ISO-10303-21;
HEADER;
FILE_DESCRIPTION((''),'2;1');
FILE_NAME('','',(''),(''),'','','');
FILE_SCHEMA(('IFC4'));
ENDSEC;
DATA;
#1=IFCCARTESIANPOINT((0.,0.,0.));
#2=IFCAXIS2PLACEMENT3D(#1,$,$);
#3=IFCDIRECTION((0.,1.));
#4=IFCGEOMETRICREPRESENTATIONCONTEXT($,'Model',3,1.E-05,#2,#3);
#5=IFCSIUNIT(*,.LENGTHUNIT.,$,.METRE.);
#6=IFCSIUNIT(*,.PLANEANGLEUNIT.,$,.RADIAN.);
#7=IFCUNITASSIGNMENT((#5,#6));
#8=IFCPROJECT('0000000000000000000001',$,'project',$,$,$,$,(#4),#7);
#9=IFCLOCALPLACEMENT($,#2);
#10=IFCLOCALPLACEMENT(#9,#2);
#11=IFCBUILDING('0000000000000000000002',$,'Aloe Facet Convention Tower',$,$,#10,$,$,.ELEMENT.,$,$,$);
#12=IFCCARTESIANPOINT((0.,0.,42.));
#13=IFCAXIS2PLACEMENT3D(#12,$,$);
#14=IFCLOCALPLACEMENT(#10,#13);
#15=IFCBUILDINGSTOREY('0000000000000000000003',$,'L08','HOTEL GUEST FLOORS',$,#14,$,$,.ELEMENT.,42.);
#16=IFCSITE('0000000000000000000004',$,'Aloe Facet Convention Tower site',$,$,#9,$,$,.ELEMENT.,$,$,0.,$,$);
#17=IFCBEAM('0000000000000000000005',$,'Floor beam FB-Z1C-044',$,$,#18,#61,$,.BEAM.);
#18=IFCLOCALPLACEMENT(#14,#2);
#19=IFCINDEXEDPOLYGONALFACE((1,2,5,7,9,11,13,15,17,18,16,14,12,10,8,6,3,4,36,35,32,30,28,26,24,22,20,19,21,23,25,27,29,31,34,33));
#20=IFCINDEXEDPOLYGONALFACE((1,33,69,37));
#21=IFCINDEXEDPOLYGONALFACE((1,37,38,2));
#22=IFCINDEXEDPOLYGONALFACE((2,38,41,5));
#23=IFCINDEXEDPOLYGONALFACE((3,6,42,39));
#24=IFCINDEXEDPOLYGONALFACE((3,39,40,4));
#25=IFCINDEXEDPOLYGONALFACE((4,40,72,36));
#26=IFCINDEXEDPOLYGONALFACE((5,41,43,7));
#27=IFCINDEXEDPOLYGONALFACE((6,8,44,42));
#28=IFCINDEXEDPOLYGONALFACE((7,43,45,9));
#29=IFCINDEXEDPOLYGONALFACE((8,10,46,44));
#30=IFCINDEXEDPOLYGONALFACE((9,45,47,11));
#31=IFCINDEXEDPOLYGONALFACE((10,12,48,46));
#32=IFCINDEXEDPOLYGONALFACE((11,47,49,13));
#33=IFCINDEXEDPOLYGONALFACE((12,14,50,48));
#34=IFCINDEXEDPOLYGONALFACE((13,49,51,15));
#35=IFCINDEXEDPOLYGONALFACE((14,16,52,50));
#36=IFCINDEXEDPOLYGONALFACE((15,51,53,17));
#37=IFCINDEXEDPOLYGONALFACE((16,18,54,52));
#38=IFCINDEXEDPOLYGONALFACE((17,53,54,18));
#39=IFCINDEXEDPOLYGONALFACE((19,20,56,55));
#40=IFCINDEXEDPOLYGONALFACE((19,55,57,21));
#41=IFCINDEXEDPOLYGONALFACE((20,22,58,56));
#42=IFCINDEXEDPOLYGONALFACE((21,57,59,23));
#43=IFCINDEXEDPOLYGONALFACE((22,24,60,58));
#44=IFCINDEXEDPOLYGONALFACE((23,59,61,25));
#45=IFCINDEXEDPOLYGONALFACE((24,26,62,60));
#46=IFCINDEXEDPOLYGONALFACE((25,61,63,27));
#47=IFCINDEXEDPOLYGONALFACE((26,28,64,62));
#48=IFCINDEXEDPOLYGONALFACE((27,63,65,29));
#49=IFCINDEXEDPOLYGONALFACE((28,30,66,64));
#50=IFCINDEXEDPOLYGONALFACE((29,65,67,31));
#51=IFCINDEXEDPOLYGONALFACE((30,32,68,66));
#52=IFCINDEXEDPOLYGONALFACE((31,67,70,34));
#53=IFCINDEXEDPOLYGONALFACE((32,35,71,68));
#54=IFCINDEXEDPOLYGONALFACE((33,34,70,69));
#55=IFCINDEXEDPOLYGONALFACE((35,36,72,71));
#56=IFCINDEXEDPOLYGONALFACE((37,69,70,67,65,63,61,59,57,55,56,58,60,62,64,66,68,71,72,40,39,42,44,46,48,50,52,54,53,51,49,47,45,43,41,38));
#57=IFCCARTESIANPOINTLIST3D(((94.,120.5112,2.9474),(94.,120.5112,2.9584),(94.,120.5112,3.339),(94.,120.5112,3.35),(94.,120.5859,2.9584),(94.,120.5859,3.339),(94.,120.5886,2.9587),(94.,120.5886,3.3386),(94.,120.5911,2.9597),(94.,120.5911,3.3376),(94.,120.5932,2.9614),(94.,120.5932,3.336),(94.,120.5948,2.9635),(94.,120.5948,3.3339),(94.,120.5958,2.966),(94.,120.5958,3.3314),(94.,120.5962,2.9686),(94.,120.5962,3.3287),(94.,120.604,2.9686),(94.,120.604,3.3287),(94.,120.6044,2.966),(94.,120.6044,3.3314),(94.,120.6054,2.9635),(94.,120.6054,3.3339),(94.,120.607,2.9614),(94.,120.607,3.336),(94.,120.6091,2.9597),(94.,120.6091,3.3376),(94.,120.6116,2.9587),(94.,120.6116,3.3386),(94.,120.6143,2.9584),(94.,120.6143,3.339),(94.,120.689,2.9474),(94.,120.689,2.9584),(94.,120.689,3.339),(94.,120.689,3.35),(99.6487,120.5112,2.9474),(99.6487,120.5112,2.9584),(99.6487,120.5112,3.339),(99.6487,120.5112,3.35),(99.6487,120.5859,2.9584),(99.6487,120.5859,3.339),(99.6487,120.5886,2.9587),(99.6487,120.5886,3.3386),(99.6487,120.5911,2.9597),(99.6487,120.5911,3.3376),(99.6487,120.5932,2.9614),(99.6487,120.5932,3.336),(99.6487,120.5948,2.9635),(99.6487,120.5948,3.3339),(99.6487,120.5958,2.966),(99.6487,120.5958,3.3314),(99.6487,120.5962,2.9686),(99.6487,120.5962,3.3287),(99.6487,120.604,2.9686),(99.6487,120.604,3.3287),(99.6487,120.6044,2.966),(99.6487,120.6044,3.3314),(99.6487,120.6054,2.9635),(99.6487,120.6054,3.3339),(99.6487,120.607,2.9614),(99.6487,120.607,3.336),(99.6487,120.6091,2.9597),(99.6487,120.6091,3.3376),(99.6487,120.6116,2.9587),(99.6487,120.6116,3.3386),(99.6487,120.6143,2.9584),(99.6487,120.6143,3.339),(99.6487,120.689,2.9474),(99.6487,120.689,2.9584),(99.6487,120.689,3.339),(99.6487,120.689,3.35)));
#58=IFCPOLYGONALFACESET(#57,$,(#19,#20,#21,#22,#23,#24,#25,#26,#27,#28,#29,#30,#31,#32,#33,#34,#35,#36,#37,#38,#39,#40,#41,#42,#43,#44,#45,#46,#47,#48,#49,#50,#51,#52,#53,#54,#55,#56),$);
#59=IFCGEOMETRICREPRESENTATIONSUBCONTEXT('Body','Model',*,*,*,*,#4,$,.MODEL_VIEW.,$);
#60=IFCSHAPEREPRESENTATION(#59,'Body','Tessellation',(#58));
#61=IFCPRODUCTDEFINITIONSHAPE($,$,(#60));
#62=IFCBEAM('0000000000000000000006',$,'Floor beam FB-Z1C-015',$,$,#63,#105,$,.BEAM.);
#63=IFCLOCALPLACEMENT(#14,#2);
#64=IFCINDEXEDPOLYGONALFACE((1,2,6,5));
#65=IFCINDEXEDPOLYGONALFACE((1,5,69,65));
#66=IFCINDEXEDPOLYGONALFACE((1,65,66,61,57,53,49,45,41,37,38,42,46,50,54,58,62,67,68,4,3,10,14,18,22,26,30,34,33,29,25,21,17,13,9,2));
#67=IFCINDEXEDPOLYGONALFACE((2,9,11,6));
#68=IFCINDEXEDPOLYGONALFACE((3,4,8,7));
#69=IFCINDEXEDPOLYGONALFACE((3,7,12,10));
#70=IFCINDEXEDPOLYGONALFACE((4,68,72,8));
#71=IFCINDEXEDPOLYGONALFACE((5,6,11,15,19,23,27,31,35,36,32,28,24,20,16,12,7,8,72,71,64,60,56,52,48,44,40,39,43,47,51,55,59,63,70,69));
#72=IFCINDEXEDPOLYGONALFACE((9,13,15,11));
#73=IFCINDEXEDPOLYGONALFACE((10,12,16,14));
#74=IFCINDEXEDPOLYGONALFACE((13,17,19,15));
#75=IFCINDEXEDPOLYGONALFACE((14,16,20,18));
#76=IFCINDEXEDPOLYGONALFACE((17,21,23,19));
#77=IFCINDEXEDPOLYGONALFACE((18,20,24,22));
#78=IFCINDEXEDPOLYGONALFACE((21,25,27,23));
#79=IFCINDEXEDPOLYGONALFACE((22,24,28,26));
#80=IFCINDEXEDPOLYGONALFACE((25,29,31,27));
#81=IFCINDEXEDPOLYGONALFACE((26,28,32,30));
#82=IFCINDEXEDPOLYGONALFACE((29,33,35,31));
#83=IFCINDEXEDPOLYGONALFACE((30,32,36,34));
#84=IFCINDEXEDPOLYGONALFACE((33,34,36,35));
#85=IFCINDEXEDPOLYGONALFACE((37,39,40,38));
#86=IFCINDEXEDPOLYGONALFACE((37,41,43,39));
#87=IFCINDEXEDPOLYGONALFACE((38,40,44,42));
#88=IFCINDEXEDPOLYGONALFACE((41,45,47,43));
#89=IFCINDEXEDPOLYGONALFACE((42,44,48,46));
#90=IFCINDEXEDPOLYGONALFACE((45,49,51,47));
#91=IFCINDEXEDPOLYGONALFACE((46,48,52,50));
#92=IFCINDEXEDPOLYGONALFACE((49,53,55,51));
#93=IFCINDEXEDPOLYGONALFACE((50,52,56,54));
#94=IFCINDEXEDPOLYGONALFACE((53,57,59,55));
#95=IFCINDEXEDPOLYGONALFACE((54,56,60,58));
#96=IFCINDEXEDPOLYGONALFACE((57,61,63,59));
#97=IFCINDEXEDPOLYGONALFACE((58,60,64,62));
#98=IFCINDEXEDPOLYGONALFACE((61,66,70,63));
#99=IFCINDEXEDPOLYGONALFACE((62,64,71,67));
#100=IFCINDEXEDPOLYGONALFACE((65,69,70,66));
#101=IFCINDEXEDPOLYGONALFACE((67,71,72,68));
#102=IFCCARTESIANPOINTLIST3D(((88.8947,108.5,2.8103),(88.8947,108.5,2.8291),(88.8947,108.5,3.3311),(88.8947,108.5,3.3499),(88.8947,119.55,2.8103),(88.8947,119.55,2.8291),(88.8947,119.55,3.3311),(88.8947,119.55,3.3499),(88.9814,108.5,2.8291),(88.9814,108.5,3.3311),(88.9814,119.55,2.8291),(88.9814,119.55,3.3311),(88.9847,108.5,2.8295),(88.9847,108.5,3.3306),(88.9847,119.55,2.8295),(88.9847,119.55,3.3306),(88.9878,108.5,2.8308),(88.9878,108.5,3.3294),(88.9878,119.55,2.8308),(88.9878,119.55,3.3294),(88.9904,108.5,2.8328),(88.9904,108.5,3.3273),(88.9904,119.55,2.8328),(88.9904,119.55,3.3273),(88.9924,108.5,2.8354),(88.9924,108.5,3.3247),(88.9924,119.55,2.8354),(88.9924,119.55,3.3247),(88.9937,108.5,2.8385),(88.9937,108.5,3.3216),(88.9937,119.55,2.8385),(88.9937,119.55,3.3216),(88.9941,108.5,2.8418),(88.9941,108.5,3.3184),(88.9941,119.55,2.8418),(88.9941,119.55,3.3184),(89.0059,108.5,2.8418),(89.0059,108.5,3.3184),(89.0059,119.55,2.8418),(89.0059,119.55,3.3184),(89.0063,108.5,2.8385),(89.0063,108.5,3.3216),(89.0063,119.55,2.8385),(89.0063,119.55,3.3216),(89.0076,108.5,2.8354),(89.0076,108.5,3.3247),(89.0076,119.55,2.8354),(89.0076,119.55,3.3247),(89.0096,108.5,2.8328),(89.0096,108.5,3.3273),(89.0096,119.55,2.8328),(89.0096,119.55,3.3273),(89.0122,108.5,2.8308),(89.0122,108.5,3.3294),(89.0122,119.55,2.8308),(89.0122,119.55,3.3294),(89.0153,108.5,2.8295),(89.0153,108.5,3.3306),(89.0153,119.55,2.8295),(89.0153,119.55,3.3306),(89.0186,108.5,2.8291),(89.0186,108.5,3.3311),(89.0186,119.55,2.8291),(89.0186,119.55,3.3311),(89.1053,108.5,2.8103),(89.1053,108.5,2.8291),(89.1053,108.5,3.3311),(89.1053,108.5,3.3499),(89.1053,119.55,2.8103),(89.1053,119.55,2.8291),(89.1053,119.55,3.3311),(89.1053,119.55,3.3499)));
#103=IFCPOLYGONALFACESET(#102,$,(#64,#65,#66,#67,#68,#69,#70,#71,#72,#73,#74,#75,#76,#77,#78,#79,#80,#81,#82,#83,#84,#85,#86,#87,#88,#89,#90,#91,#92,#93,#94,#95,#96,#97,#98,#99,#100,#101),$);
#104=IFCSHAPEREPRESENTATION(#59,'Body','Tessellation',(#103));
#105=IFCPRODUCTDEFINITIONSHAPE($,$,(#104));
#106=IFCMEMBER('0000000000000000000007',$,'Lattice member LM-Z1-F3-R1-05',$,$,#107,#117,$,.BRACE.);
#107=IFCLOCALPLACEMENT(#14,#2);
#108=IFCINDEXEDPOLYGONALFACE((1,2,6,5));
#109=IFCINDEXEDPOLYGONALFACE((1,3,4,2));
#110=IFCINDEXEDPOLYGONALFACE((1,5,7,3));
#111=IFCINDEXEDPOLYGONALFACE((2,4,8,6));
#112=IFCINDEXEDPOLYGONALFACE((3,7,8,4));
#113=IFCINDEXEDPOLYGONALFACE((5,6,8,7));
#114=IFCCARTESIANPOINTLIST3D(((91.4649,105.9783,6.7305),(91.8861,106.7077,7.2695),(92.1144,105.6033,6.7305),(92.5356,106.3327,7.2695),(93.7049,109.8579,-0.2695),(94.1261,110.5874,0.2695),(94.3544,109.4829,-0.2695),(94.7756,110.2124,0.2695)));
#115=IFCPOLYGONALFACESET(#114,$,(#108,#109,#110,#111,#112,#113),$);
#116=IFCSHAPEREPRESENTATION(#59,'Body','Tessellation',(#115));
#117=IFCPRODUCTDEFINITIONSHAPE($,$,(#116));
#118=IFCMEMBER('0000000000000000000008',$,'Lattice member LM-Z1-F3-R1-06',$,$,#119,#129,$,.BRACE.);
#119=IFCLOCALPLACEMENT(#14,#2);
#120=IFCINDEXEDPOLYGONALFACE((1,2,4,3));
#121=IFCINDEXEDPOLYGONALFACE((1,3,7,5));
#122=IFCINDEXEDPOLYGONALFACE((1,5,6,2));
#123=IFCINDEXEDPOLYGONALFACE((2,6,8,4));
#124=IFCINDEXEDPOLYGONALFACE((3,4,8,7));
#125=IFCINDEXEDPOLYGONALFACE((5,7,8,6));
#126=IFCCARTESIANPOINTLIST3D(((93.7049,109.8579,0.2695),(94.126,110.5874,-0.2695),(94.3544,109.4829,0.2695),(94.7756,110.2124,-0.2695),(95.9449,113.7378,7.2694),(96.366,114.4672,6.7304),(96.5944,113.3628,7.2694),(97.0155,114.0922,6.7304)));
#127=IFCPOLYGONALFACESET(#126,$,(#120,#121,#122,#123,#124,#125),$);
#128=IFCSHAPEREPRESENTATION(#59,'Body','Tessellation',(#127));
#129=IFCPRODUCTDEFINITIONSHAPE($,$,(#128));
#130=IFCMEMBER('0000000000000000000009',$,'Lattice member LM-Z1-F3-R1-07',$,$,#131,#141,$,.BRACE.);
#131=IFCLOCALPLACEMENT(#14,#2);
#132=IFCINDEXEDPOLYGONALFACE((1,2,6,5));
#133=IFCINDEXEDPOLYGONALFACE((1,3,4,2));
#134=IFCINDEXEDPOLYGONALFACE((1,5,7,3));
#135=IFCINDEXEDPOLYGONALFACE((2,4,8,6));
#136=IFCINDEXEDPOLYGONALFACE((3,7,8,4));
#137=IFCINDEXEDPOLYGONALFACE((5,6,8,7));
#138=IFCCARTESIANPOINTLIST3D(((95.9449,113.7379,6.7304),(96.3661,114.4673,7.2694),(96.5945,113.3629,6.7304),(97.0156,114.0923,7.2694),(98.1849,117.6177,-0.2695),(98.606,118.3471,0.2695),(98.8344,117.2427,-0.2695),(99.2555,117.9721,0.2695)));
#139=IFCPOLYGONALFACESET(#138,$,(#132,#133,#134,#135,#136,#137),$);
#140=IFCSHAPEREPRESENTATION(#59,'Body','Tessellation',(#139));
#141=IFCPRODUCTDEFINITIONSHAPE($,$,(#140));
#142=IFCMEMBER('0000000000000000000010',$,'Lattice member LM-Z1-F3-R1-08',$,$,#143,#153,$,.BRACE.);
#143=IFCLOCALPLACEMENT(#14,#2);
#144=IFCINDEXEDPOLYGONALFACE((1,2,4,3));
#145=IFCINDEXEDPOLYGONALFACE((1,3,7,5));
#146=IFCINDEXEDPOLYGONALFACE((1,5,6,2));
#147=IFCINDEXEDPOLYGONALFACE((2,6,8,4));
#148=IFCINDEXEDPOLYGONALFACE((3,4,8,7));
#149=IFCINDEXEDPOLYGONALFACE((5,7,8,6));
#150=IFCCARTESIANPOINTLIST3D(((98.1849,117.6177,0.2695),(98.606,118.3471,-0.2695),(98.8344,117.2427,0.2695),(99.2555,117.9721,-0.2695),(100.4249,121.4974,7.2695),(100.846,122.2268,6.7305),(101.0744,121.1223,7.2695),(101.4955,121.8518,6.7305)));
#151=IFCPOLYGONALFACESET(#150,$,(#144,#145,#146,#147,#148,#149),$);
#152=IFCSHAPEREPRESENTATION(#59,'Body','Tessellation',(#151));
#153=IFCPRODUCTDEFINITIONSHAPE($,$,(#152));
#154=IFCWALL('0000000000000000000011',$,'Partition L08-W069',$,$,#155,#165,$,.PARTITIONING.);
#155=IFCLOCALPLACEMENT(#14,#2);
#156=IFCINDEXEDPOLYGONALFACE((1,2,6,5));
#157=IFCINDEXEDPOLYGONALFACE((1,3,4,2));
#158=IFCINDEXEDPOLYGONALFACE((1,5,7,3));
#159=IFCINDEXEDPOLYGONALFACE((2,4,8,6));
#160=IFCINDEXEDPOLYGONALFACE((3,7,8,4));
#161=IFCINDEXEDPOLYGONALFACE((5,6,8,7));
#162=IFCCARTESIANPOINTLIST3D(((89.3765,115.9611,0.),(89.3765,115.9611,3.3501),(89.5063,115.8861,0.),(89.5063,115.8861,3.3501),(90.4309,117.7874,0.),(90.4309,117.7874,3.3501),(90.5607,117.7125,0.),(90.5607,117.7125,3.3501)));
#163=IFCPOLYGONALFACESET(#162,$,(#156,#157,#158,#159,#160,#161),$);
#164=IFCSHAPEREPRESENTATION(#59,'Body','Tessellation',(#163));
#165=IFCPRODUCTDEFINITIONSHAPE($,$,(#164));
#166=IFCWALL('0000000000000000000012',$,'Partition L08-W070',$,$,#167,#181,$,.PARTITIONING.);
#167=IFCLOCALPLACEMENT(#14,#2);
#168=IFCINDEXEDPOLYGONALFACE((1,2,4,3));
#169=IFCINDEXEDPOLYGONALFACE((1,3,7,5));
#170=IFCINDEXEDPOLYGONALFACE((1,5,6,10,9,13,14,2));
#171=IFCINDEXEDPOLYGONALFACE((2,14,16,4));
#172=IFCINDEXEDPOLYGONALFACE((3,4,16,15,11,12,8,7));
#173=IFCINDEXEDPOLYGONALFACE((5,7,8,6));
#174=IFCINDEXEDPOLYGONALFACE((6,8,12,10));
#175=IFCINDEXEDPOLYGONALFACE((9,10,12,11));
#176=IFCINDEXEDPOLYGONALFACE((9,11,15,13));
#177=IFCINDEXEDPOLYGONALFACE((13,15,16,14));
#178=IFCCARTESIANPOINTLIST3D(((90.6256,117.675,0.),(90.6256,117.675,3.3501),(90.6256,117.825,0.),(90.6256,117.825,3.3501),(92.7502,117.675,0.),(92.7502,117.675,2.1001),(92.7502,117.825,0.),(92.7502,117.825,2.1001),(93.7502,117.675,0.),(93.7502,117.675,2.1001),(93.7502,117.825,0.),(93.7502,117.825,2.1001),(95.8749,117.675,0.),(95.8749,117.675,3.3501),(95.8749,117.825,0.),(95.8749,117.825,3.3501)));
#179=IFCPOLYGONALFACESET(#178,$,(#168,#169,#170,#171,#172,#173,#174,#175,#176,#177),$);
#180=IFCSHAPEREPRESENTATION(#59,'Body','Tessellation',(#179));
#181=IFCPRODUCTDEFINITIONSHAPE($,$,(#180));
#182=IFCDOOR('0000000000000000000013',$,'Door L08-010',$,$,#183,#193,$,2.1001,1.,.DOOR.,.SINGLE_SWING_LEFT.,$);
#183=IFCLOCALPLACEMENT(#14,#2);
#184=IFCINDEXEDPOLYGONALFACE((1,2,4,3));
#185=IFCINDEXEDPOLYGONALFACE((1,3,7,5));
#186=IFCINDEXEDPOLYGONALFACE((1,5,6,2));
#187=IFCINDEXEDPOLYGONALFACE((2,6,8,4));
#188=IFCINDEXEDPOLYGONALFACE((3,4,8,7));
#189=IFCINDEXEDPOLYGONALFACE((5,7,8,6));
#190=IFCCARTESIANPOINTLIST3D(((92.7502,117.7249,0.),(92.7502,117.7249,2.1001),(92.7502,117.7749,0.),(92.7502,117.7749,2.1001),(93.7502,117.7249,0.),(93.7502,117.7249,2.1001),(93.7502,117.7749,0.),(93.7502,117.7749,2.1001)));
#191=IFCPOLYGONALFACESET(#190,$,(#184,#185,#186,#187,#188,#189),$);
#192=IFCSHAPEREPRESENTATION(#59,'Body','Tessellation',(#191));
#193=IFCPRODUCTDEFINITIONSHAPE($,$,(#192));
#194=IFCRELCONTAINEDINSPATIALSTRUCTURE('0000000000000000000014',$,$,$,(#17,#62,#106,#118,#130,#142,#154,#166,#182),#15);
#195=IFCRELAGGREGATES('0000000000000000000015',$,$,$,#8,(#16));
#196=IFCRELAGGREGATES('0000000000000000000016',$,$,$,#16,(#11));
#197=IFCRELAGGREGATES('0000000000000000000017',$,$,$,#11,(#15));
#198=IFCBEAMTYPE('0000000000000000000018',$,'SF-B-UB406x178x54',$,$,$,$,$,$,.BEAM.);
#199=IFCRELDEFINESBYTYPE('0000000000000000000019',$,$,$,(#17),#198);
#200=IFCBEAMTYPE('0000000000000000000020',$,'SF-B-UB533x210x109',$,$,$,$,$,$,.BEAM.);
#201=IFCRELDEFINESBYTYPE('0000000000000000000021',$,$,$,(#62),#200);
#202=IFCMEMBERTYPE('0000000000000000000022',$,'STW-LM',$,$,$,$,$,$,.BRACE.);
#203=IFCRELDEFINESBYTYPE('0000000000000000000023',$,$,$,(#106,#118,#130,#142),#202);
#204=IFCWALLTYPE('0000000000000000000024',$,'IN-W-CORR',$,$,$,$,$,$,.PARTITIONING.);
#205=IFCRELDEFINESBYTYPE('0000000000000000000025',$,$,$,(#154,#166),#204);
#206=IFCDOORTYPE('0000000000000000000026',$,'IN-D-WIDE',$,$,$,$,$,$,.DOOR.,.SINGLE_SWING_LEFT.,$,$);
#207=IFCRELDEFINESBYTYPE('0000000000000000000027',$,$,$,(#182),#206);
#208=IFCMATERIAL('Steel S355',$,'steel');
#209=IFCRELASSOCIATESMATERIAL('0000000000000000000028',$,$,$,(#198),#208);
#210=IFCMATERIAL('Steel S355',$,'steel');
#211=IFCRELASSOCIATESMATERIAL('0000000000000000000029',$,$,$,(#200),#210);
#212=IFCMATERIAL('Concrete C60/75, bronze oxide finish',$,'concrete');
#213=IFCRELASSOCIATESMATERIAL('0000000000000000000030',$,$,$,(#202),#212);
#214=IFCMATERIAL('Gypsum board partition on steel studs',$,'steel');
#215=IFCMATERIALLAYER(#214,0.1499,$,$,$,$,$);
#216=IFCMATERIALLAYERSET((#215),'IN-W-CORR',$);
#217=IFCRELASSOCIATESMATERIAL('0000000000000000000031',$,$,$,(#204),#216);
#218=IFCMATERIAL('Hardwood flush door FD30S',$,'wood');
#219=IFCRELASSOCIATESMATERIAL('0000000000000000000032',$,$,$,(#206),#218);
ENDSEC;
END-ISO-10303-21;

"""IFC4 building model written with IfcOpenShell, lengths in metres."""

from ifc_helpers import new_model, si_unit, direction, frame, frame_2d, origin, origin_2d, place, context, subcontext, project, spatial, rectangle, i_section, extrude, material, layer, layer_set, material_profile, profile_set, type_object, element, fill, save


model = new_model("IFC4")

# Units and contexts
model_context = context("Model", 3, precision=1e-05, world=origin(), true_north=direction((0.0, 1.0)))
body_context = subcontext(model_context, "Body", "Model", "MODEL_VIEW")
ifc_project = project(units=[si_unit("LENGTHUNIT", "METRE"), si_unit("PLANEANGLEUNIT", "RADIAN")], contexts=[model_context])

# Site, building, storey
site_placement = place(None, origin())
site = spatial("IfcSite", under=ifc_project, at=site_placement, Name="Aloe Facet Convention Tower site", CompositionType="ELEMENT", RefElevation=0.0)
building_placement = place(site_placement, origin())
building = spatial("IfcBuilding", under=site, at=building_placement, Name="Aloe Facet Convention Tower", CompositionType="ELEMENT")
storey_placement = place(building_placement, frame((0.0, 0.0, 42.0)))
storey = spatial("IfcBuildingStorey", under=building, at=storey_placement, Name="L08", Description="HOTEL GUEST FLOORS", CompositionType="ELEMENT", Elevation=42.0)

# Beams
ifc_material_1 = material(Name="Steel S355", Category="steel")
ifc_material_profile_1 = material_profile(ifc_material_1, i_section(OverallWidth=0.1777, OverallDepth=0.4026, WebThickness=0.0078, FlangeThickness=0.011, FilletRadius=0.0103, at=origin_2d()), Name="UB 406x178x54")
ifc_profile_set_1 = profile_set([ifc_material_profile_1], Name="Steel S355")
beam_type_1 = type_object("IfcBeamType", Name="SF-B-UB406x178x54", PredefinedType="BEAM", material=ifc_profile_set_1)
beam_1_placement = place(storey_placement, frame((94.0, 120.6001, 3.1487), z_axis=(1.0, 0.0, 0.0), x_axis=(0.0, 1.0, 0.0)))
element("IfcBeam", 1, at=beam_1_placement, inside=storey, type_object=beam_type_1, Name="Floor beam FB-Z1C-044", PredefinedType="BEAM", context=body_context, shape_type="SweptSolid", body=[
    extrude(i_section(OverallWidth=0.1777, OverallDepth=0.4026, WebThickness=0.0078, FlangeThickness=0.011, FilletRadius=0.0103, at=origin_2d()), origin(), (0.0, 0.0, 1.0), 5.6487),
])
ifc_material_2 = material(Name="Steel S355", Category="steel")
ifc_material_profile_2 = material_profile(ifc_material_2, i_section(OverallWidth=0.2107, OverallDepth=0.5396, WebThickness=0.0117, FlangeThickness=0.0188, FilletRadius=0.0127, at=origin_2d()), Name="UB 533x210x109")
ifc_profile_set_2 = profile_set([ifc_material_profile_2], Name="Steel S355")
beam_type_2 = type_object("IfcBeamType", Name="SF-B-UB533x210x109", PredefinedType="BEAM", material=ifc_profile_set_2)
beam_2_placement = place(storey_placement, frame((89.0, 119.55, 3.0801), z_axis=(0.0, -1.0, 0.0), x_axis=(1.0, 0.0, 0.0)))
element("IfcBeam", 2, at=beam_2_placement, inside=storey, type_object=beam_type_2, Name="Floor beam FB-Z1C-015", PredefinedType="BEAM", context=body_context, shape_type="SweptSolid", body=[
    extrude(i_section(OverallWidth=0.2107, OverallDepth=0.5396, WebThickness=0.0117, FlangeThickness=0.0188, FilletRadius=0.0127, at=origin_2d()), origin(), (0.0, 0.0, 1.0), 11.05),
])

# Members
ifc_material_3 = material(Name="Concrete C60/75, bronze oxide finish", Category="concrete")
ifc_material_profile_3 = material_profile(ifc_material_3, rectangle(XDim=0.75, YDim=1.0, at=origin_2d()), Name="STW-LM")
ifc_profile_set_3 = profile_set([ifc_material_profile_3], Name="Concrete C60/75, bronze oxide finish")
member_type = type_object("IfcMemberType", Name="STW-LM", PredefinedType="BRACE", material=ifc_profile_set_3)
for number, where, z_axis, x_axis, name in (
    (3, (94.2402, 110.0352, 0.0), (-0.269528, -0.46682, 0.842279), (0.866018, -0.500013, 0.0), "Lattice member LM-Z1-F3-R1-05"),
    (4, (94.2402, 110.0352, 0.0), (0.269524, 0.466843, 0.842267), (-0.866031, 0.49999, 0.0), "Lattice member LM-Z1-F3-R1-06"),
    (5, (98.7202, 117.7949, 0.0), (-0.269524, -0.466843, 0.842267), (0.866031, -0.49999, 0.0), "Lattice member LM-Z1-F3-R1-07"),
    (6, (98.7202, 117.7949, 0.0), (0.269528, 0.46682, 0.842279), (-0.866018, 0.500013, 0.0), "Lattice member LM-Z1-F3-R1-08"),
):
    element("IfcMember", number, at=place(storey_placement, frame(where, z_axis=z_axis, x_axis=x_axis)), inside=storey, type_object=member_type, Name=name, PredefinedType="BRACE", context=body_context, shape_type="SweptSolid", body=[
        extrude(rectangle(XDim=0.75, YDim=1.0, at=origin_2d()), origin(), (0.0, 0.0, 1.0), 8.3108),
    ])

# Wall
ifc_material_4 = material(Name="Gypsum board partition on steel studs", Category="steel")
ifc_layer_1 = layer(ifc_material_4, 0.1499)
ifc_layer_set_1 = layer_set([ifc_layer_1], Name="IN-W-CORR")
wall_type_1 = type_object("IfcWallType", Name="IN-W-CORR", PredefinedType="PARTITIONING", material=ifc_layer_set_1)
wall_1_placement = place(storey_placement, frame((89.4414, 115.9236, 0.0), z_axis=(0.0, 0.0, 1.0), x_axis=(0.499986, 0.866033, 0.0)))
element("IfcWall", 7, at=wall_1_placement, inside=storey, type_object=wall_type_1, Name="Partition L08-W069", PredefinedType="PARTITIONING", context=body_context, shape_type="SweptSolid", body=[
    extrude(rectangle(XDim=2.1089, YDim=0.1499, at=frame_2d((1.0544, 0.0))), origin(), (0.0, 0.0, 1.0), 3.3501),
])

# Wall, opening, door
wall_2_placement = place(storey_placement, frame((90.6257, 117.75, 0.0), z_axis=(0.0, 0.0, 1.0), x_axis=(1.0, 0.0, 0.0)))
wall_2 = element("IfcWall", 8, at=wall_2_placement, inside=storey, type_object=wall_type_1, Name="Partition L08-W070", PredefinedType="PARTITIONING", context=body_context, shape_type="SweptSolid", body=[
    extrude(rectangle(XDim=5.2493, YDim=0.1499, at=frame_2d((2.6245, 0.0))), origin(), (0.0, 0.0, 1.0), 3.3501),
])
opening_1_placement = place(wall_2_placement, frame((2.1245, 0.0, 0.0)))
opening_1 = element("IfcOpeningElement", 9, at=opening_1_placement, cuts=wall_2, PredefinedType="OPENING", context=body_context, shape_type="SweptSolid", body=[
    extrude(rectangle(XDim=1.0, YDim=2.1001, at=frame_2d((0.5, 1.05))), frame((0.0, 0.085, 0.0), z_axis=(0.0, -1.0, 0.0), x_axis=(1.0, 0.0, 0.0)), (0.0, 0.0, 1.0), 0.1699),
])
ifc_material_5 = material(Name="Hardwood flush door FD30S", Category="wood")
door_type_1 = type_object("IfcDoorType", Name="IN-D-WIDE", OperationType="SINGLE_SWING_LEFT", PredefinedType="DOOR", material=ifc_material_5)
door_1_placement = place(opening_1_placement, origin())
door_1 = element("IfcDoor", 10, at=door_1_placement, inside=storey, type_object=door_type_1, Name="Door L08-010", OperationType="SINGLE_SWING_LEFT", OverallHeight=2.1001, OverallWidth=1.0, PredefinedType="DOOR", context=body_context, shape_type="SweptSolid", body=[
    extrude(rectangle(XDim=1.0, YDim=2.1001, at=frame_2d((0.5, 1.05))), frame((0.0, 0.0249, 0.0), z_axis=(0.0, -1.0, 0.0), x_axis=(1.0, 0.0, 0.0)), (0.0, 0.0, 1.0), 0.05),
])
fill(opening_1, door_1)

save(model, "model.ifc")
